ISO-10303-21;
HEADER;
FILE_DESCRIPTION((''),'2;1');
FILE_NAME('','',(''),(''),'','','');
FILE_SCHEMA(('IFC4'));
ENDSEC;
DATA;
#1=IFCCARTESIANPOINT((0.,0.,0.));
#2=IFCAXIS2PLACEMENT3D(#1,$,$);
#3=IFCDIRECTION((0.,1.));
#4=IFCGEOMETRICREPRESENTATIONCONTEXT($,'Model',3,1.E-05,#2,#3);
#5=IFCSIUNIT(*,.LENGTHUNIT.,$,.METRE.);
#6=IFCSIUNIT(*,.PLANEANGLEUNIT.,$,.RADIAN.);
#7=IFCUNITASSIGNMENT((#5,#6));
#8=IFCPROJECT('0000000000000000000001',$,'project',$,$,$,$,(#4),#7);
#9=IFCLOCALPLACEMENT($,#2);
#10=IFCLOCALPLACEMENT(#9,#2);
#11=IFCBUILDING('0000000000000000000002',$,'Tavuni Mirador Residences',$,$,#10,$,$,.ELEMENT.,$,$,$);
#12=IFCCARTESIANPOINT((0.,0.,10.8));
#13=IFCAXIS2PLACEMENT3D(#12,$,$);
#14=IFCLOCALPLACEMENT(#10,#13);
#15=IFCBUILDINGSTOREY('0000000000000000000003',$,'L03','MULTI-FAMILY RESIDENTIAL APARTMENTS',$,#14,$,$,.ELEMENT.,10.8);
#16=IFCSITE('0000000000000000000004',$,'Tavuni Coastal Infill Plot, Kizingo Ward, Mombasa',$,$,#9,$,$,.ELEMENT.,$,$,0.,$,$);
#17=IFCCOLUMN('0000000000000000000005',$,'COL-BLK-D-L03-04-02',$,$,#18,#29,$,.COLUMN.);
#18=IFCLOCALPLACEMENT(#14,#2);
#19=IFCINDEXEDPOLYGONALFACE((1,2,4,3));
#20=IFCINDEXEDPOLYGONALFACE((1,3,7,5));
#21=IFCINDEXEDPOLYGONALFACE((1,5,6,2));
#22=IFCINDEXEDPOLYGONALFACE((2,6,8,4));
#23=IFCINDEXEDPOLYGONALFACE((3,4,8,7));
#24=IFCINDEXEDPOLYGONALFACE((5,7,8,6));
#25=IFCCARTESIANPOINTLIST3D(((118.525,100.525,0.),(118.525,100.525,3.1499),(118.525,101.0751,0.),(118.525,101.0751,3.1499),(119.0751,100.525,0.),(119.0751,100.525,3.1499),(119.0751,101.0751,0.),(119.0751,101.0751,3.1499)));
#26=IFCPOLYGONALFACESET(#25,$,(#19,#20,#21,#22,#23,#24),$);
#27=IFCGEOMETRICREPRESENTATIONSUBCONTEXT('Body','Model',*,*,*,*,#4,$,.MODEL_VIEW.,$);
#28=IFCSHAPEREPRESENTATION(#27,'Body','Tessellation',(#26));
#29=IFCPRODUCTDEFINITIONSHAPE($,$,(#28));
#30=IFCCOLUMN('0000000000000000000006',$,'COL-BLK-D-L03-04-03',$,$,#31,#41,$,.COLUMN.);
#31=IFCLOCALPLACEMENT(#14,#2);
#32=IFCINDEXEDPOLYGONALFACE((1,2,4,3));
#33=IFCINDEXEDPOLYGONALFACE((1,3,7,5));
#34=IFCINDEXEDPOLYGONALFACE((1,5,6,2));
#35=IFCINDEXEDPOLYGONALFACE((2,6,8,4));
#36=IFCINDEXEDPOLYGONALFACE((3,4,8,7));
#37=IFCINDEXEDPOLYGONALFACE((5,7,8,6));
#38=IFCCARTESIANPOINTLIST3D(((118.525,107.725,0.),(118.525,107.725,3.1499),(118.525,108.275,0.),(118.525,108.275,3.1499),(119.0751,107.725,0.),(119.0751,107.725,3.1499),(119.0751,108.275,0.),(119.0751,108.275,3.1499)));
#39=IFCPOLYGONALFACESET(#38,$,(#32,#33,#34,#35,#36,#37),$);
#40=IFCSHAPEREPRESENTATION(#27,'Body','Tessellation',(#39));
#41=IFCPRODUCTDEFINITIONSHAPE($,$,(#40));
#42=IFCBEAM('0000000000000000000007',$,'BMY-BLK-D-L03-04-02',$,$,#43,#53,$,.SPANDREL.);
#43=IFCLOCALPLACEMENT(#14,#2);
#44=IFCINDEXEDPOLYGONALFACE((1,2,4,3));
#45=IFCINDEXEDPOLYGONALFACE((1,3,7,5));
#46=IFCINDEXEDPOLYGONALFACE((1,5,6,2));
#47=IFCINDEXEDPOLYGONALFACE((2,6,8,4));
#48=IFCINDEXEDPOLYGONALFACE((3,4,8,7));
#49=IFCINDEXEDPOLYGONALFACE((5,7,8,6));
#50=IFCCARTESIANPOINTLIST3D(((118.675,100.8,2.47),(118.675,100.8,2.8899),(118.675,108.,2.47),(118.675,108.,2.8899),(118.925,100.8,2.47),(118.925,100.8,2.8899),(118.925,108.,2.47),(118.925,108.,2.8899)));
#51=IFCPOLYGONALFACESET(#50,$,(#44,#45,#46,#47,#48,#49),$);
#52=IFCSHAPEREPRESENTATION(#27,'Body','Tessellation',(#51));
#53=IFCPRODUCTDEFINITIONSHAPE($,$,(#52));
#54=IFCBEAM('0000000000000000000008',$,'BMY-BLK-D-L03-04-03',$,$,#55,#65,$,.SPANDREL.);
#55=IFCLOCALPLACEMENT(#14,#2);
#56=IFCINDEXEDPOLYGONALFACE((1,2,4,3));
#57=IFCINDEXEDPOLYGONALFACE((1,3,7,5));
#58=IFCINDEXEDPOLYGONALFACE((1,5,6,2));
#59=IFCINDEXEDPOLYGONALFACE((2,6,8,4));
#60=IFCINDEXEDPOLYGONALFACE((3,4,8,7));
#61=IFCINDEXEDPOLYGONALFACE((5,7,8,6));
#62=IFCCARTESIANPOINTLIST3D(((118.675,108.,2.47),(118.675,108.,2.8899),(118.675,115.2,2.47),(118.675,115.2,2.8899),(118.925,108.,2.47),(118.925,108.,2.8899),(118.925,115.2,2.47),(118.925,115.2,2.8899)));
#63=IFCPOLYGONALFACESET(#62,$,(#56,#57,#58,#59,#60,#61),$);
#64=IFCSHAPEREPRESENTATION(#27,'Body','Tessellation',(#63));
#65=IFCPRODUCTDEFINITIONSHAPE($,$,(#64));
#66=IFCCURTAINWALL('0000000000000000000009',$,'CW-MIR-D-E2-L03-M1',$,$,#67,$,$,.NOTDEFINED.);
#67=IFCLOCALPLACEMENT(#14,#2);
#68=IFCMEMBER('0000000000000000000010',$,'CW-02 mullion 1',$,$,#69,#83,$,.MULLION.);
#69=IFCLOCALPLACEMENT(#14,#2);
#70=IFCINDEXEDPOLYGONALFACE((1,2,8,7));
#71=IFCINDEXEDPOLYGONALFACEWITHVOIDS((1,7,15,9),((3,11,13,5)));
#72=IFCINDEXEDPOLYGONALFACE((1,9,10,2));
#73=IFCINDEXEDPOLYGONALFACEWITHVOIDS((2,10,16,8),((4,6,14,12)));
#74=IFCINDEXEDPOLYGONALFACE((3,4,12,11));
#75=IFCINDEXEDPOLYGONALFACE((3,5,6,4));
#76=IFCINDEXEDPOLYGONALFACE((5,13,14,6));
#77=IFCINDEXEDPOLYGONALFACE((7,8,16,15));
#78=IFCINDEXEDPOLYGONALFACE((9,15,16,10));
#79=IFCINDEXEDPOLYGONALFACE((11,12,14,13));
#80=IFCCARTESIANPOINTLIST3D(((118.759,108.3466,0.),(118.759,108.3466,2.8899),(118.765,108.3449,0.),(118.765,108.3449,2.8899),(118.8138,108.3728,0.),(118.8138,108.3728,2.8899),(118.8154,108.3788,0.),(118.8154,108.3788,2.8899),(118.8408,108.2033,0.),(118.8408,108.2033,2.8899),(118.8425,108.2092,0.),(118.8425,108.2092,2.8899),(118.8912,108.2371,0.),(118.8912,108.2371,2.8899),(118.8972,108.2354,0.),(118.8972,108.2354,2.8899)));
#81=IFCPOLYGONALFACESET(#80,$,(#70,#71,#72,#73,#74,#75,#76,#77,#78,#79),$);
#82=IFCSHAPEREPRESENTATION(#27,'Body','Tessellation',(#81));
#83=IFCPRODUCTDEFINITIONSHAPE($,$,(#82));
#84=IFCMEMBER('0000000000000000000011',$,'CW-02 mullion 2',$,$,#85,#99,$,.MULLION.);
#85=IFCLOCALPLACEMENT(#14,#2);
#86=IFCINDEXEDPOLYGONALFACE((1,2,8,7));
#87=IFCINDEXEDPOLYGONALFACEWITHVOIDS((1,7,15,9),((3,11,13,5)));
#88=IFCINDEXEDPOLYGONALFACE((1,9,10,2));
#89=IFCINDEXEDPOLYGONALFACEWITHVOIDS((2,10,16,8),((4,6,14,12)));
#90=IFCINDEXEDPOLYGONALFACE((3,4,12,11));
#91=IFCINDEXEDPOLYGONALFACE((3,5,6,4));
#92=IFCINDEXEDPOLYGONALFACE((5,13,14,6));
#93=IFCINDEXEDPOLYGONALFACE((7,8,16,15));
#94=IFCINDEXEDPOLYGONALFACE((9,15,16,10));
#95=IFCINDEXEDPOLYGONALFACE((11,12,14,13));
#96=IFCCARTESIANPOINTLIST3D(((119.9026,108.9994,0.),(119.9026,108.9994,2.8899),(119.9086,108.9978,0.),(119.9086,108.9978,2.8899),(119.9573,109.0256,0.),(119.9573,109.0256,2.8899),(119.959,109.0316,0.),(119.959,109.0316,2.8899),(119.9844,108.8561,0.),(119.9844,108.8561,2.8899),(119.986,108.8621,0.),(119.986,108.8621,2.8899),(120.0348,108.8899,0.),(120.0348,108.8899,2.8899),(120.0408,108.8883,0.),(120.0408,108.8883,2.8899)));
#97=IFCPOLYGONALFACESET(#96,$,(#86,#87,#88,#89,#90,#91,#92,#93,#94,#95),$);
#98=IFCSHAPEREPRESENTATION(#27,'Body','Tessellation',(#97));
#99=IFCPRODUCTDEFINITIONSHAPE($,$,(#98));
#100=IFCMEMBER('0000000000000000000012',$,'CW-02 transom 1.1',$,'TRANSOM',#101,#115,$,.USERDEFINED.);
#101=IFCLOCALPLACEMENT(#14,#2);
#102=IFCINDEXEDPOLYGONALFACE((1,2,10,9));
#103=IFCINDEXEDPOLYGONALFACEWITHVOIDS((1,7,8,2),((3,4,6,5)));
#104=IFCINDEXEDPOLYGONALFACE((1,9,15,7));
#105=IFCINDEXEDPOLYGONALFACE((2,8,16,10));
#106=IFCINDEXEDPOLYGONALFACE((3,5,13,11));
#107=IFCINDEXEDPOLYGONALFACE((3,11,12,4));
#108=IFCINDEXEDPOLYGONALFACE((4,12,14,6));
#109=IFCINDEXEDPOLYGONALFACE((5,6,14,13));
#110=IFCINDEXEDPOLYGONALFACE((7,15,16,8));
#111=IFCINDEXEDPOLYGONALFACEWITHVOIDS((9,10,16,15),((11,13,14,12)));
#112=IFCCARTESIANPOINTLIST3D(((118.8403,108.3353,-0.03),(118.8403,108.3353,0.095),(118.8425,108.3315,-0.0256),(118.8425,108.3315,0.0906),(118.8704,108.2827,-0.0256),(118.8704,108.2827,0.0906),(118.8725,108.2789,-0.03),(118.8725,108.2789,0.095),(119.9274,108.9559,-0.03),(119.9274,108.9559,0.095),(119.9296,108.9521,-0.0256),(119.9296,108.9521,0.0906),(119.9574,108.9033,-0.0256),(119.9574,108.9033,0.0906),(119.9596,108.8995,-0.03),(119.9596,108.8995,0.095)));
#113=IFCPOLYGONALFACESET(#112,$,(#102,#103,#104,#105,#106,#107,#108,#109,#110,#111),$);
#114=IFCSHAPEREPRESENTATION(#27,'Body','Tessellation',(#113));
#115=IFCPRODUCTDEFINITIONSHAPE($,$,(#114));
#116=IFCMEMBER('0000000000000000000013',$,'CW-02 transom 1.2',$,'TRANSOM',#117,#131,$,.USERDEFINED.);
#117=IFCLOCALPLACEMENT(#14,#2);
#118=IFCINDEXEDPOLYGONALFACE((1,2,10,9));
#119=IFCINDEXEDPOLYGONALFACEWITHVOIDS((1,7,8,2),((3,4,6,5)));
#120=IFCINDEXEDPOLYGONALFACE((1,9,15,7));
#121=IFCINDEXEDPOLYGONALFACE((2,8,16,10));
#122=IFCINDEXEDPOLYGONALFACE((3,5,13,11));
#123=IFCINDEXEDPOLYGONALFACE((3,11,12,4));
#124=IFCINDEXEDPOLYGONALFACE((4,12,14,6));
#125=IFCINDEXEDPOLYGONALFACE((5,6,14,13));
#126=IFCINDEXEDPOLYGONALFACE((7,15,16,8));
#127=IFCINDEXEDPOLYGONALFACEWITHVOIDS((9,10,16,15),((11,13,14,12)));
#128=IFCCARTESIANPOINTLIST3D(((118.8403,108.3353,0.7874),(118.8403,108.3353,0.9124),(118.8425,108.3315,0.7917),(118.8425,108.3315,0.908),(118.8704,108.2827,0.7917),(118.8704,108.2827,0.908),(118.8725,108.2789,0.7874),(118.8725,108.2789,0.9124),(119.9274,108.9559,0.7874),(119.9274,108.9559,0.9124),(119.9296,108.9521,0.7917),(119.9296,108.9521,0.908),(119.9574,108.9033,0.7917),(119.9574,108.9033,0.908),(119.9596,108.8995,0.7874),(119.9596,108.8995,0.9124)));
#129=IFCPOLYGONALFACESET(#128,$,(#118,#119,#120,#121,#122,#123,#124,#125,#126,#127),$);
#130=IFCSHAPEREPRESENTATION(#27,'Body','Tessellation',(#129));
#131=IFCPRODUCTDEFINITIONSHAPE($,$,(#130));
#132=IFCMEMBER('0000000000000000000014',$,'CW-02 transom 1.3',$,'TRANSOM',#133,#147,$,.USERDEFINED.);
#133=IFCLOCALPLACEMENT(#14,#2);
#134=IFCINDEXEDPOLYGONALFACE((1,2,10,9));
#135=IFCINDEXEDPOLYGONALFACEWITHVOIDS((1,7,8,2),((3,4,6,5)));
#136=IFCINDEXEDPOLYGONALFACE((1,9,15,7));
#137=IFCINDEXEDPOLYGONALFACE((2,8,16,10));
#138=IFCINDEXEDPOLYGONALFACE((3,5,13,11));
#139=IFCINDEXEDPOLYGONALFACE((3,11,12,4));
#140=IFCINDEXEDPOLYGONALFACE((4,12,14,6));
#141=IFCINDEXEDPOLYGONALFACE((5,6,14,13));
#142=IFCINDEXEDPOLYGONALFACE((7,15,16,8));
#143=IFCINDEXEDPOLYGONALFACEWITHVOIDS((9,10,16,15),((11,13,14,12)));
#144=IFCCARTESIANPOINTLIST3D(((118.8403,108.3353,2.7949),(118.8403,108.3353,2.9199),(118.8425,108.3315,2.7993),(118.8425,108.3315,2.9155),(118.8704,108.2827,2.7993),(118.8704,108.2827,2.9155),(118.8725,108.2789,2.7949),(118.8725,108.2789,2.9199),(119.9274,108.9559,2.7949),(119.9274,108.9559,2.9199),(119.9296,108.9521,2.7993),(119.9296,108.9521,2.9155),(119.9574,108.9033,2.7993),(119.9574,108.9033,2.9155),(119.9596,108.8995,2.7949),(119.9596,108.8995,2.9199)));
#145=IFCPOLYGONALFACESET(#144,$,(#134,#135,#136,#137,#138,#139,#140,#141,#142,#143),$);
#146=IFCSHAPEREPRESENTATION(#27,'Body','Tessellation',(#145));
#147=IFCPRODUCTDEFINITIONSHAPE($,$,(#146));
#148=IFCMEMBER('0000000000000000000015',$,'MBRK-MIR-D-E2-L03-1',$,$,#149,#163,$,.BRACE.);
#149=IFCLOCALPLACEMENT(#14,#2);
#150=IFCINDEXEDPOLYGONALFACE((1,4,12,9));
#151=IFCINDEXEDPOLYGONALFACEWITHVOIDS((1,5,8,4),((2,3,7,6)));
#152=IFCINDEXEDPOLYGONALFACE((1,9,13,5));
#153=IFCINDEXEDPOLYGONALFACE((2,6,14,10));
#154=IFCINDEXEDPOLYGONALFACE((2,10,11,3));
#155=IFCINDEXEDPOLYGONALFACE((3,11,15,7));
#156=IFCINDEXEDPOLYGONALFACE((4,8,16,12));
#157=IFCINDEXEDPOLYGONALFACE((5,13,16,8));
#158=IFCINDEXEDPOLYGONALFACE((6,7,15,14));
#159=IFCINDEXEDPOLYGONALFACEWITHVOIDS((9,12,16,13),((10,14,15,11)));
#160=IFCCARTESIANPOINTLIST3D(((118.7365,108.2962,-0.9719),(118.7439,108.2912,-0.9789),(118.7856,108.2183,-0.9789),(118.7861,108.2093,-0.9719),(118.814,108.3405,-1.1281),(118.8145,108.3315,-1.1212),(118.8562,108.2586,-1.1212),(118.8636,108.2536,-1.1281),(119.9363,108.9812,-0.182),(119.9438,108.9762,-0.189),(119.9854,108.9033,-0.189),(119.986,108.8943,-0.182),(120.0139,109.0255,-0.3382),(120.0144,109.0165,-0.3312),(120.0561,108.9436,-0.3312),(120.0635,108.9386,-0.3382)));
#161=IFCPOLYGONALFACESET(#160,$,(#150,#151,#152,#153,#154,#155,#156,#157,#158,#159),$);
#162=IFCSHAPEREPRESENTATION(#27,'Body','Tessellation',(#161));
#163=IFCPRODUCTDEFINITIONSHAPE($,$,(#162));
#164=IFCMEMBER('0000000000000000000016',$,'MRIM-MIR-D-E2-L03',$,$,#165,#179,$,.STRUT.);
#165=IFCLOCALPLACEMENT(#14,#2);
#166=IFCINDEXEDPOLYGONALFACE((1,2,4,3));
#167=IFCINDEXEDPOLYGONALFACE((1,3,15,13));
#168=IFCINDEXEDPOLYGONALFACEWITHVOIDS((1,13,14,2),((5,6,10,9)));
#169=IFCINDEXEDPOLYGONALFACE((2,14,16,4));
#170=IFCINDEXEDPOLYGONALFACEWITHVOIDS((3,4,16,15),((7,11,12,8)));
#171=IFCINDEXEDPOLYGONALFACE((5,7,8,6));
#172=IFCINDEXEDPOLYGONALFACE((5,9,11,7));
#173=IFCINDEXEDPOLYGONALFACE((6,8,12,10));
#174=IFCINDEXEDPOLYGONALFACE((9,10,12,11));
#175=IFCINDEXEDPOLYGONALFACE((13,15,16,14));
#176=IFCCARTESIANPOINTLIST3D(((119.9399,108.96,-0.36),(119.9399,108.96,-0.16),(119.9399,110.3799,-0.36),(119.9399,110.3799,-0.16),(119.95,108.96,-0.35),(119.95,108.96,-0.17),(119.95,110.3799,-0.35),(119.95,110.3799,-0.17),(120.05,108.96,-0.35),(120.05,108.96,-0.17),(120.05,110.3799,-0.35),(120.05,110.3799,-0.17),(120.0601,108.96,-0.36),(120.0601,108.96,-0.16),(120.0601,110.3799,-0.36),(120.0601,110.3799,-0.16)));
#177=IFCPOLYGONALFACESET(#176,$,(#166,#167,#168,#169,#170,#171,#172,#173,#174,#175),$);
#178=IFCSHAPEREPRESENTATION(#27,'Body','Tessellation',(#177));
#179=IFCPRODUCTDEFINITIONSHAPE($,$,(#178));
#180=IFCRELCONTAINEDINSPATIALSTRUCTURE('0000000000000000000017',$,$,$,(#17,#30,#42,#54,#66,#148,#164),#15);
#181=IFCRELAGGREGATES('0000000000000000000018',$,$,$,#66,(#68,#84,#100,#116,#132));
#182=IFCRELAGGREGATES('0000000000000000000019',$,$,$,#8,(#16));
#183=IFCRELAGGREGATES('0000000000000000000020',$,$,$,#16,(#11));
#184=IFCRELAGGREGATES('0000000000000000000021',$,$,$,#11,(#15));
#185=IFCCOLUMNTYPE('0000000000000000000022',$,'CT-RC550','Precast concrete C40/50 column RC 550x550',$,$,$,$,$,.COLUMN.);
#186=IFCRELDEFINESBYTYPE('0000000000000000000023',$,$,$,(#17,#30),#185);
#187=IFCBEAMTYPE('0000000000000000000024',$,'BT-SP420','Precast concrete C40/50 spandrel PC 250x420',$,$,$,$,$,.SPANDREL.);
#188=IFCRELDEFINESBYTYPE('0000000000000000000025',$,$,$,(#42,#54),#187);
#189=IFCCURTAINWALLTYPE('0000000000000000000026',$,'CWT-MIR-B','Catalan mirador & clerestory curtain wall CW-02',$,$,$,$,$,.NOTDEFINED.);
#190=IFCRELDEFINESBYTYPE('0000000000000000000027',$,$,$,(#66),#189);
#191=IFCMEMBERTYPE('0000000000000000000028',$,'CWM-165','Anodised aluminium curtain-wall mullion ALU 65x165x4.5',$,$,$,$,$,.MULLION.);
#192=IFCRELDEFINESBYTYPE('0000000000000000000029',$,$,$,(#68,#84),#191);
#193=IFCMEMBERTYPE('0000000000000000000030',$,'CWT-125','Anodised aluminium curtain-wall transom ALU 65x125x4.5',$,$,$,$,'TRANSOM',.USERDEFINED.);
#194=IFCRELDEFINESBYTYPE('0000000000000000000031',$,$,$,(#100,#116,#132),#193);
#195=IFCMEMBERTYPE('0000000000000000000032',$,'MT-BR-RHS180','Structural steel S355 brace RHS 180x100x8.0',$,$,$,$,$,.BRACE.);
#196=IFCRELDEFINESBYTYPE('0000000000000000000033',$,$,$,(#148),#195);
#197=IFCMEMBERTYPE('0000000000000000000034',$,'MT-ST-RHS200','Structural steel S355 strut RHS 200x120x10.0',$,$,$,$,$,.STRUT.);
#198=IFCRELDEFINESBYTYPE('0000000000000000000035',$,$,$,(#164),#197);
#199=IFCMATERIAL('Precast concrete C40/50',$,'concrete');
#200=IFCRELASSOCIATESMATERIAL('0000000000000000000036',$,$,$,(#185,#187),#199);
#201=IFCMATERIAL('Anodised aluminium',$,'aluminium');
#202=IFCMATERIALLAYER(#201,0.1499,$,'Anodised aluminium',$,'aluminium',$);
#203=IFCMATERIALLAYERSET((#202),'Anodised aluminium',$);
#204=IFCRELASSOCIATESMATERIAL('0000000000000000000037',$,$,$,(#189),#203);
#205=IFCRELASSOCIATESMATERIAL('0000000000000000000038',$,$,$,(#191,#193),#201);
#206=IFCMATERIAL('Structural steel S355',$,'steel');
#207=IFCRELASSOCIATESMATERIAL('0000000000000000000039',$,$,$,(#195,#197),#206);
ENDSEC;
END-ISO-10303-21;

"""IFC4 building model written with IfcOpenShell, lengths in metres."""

from ifc_helpers import new_model, si_unit, direction, frame, origin, origin_2d, place, context, subcontext, project, spatial, rectangle, hollow_rectangle, extrude, material, layer, layer_set, material_profile, profile_set, type_object, element, aggregate, save


model = new_model("IFC4")

# Units and contexts
model_context = context("Model", 3, precision=1e-05, world=origin(), true_north=direction((0.0, 1.0)))
body_context = subcontext(model_context, "Body", "Model", "MODEL_VIEW")
ifc_project = project(units=[si_unit("LENGTHUNIT", "METRE"), si_unit("PLANEANGLEUNIT", "RADIAN")], contexts=[model_context])

# Site, building, storey
site_placement = place(None, origin())
site = spatial("IfcSite", under=ifc_project, at=site_placement, Name="Tavuni Coastal Infill Plot, Kizingo Ward, Mombasa", CompositionType="ELEMENT", RefElevation=0.0)
building_placement = place(site_placement, origin())
building = spatial("IfcBuilding", under=site, at=building_placement, Name="Tavuni Mirador Residences", CompositionType="ELEMENT")
storey_placement = place(building_placement, frame((0.0, 0.0, 10.8)))
storey = spatial("IfcBuildingStorey", under=building, at=storey_placement, Name="L03", Description="MULTI-FAMILY RESIDENTIAL APARTMENTS", CompositionType="ELEMENT", Elevation=10.8)

# Columns
ifc_material_1 = material(Name="Precast concrete C40/50", Category="concrete")
ifc_material_profile_1 = material_profile(ifc_material_1, rectangle(XDim=0.55, YDim=0.55, at=origin_2d()), Name="RC 550x550", Category="concrete")
ifc_profile_set_1 = profile_set([ifc_material_profile_1], Name="Precast concrete C40/50")
column_type = type_object("IfcColumnType", Name="CT-RC550", Description="Precast concrete C40/50 column RC 550x550", PredefinedType="COLUMN", material=ifc_profile_set_1)
for number, where, z_axis, x_axis, name in (
    (1, (118.8, 100.8, 0.0), (0.0, 0.0, 1.0), (1.0, 0.0, 0.0), "COL-BLK-D-L03-04-02"),
    (2, (118.8, 108.0, 0.0), (0.0, 0.0, 1.0), (1.0, 0.0, 0.0), "COL-BLK-D-L03-04-03"),
):
    element("IfcColumn", number, at=place(storey_placement, frame(where, z_axis=z_axis, x_axis=x_axis)), inside=storey, type_object=column_type, Name=name, PredefinedType="COLUMN", context=body_context, shape_type="SweptSolid", body=[
        extrude(rectangle(XDim=0.55, YDim=0.55, at=origin_2d()), origin(), (0.0, 0.0, 1.0), 3.1499),
    ])

# Beams
ifc_material_profile_2 = material_profile(ifc_material_1, rectangle(XDim=0.25, YDim=0.4199, at=origin_2d()), Name="PC 250x420", Category="concrete")
ifc_profile_set_2 = profile_set([ifc_material_profile_2], Name="Precast concrete C40/50")
beam_type = type_object("IfcBeamType", Name="BT-SP420", Description="Precast concrete C40/50 spandrel PC 250x420", PredefinedType="SPANDREL", material=ifc_profile_set_2)
for number, where, z_axis, x_axis, name in (
    (3, (118.8, 100.8, 2.6799), (0.0, 1.0, 0.0), (-1.0, 0.0, 0.0), "BMY-BLK-D-L03-04-02"),
    (4, (118.8, 108.0, 2.6799), (0.0, 1.0, 0.0), (-1.0, 0.0, 0.0), "BMY-BLK-D-L03-04-03"),
):
    element("IfcBeam", number, at=place(storey_placement, frame(where, z_axis=z_axis, x_axis=x_axis)), inside=storey, type_object=beam_type, Name=name, PredefinedType="SPANDREL", context=body_context, shape_type="SweptSolid", body=[
        extrude(rectangle(XDim=0.25, YDim=0.4199, at=origin_2d()), origin(), (0.0, 0.0, 1.0), 7.2),
    ])

# Curtain wall, members
ifc_material_2 = material(Name="Anodised aluminium", Category="aluminium")
ifc_layer_1 = layer(ifc_material_2, 0.1499, Name="Anodised aluminium", Category="aluminium")
ifc_layer_set_1 = layer_set([ifc_layer_1], Name="Anodised aluminium")
curtain_wall_type = type_object("IfcCurtainWallType", Name="CWT-MIR-B", Description="Catalan mirador & clerestory curtain wall CW-02", PredefinedType="NOTDEFINED", material=ifc_layer_set_1)
curtain_wall_placement = place(storey_placement, origin())
curtain_wall = element("IfcCurtainWall", 5, at=curtain_wall_placement, inside=storey, type_object=curtain_wall_type, Name="CW-MIR-D-E2-L03-M1", PredefinedType="NOTDEFINED")
ifc_material_profile_3 = material_profile(ifc_material_2, hollow_rectangle(XDim=0.0649, YDim=0.165, WallThickness=0.0044, at=origin_2d()), Name="ALU 65x165x4.5", Category="aluminium")
ifc_profile_set_3 = profile_set([ifc_material_profile_3], Name="Anodised aluminium")
member_type_1 = type_object("IfcMemberType", Name="CWM-165", Description="Anodised aluminium curtain-wall mullion ALU 65x165x4.5", PredefinedType="MULLION", material=ifc_profile_set_3)
member_1_placement = place(storey_placement, frame((118.8281, 108.291, 0.0), z_axis=(0.0, 0.0, 1.0), x_axis=(0.868466, 0.495749, 0.0)))
member_1 = element("IfcMember", 6, at=member_1_placement, type_object=member_type_1, Name="CW-02 mullion 1", PredefinedType="MULLION", context=body_context, shape_type="SweptSolid", body=[
    extrude(hollow_rectangle(XDim=0.0649, YDim=0.165, WallThickness=0.0044, at=origin_2d()), origin(), (0.0, 0.0, 1.0), 2.8899),
])
member_2_placement = place(storey_placement, frame((119.9717, 108.9438, 0.0), z_axis=(0.0, 0.0, 1.0), x_axis=(0.868466, 0.495749, 0.0)))
member_2 = element("IfcMember", 7, at=member_2_placement, type_object=member_type_1, Name="CW-02 mullion 2", PredefinedType="MULLION", context=body_context, shape_type="SweptSolid", body=[
    extrude(hollow_rectangle(XDim=0.0649, YDim=0.165, WallThickness=0.0044, at=origin_2d()), origin(), (0.0, 0.0, 1.0), 2.8899),
])
ifc_material_profile_4 = material_profile(ifc_material_2, hollow_rectangle(XDim=0.0649, YDim=0.125, WallThickness=0.0044, at=origin_2d()), Name="ALU 65x125x4.5", Category="aluminium")
ifc_profile_set_4 = profile_set([ifc_material_profile_4], Name="Anodised aluminium")
member_type_2 = type_object("IfcMemberType", Name="CWT-125", Description="Anodised aluminium curtain-wall transom ALU 65x125x4.5", ElementType="TRANSOM", PredefinedType="USERDEFINED", material=ifc_profile_set_4)
member_3_placement = place(storey_placement, frame((118.8564, 108.3071, 0.0325), z_axis=(0.868459, 0.495761, 0.0), x_axis=(-0.495761, 0.868459, 0.0)))
member_3 = element("IfcMember", 8, at=member_3_placement, type_object=member_type_2, Name="CW-02 transom 1.1", ObjectType="TRANSOM", PredefinedType="USERDEFINED", context=body_context, shape_type="SweptSolid", body=[
    extrude(hollow_rectangle(XDim=0.0649, YDim=0.125, WallThickness=0.0044, at=origin_2d()), origin(), (0.0, 0.0, 1.0), 1.2517),
])
member_4_placement = place(storey_placement, frame((118.8564, 108.3071, 0.8499), z_axis=(0.868459, 0.495761, 0.0), x_axis=(-0.495761, 0.868459, 0.0)))
member_4 = element("IfcMember", 9, at=member_4_placement, type_object=member_type_2, Name="CW-02 transom 1.2", ObjectType="TRANSOM", PredefinedType="USERDEFINED", context=body_context, shape_type="SweptSolid", body=[
    extrude(hollow_rectangle(XDim=0.0649, YDim=0.125, WallThickness=0.0044, at=origin_2d()), origin(), (0.0, 0.0, 1.0), 1.2517),
])
member_5_placement = place(storey_placement, frame((118.8564, 108.3071, 2.8574), z_axis=(0.868459, 0.495761, 0.0), x_axis=(-0.495761, 0.868459, 0.0)))
member_5 = element("IfcMember", 10, at=member_5_placement, type_object=member_type_2, Name="CW-02 transom 1.3", ObjectType="TRANSOM", PredefinedType="USERDEFINED", context=body_context, shape_type="SweptSolid", body=[
    extrude(hollow_rectangle(XDim=0.0649, YDim=0.125, WallThickness=0.0044, at=origin_2d()), origin(), (0.0, 0.0, 1.0), 1.2517),
])

# Members
ifc_material_3 = material(Name="Structural steel S355", Category="steel")
ifc_material_profile_5 = material_profile(ifc_material_3, hollow_rectangle(XDim=0.1001, YDim=0.1799, WallThickness=0.0081, at=origin_2d()), Name="RHS 180x100x8.0", Category="steel")
ifc_profile_set_5 = profile_set([ifc_material_profile_5], Name="Structural steel S355")
member_type_3 = type_object("IfcMemberType", Name="MT-BR-RHS180", Description="Structural steel S355 brace RHS 180x100x8.0", PredefinedType="BRACE", material=ifc_profile_set_5)
member_6_placement = place(storey_placement, frame((118.8, 108.2749, -1.05), z_axis=(0.753904, 0.430408, 0.496365), x_axis=(-0.495796, 0.868439, 0.0)))
element("IfcMember", 11, at=member_6_placement, inside=storey, type_object=member_type_3, Name="MBRK-MIR-D-E2-L03-1", PredefinedType="BRACE", context=body_context, shape_type="SweptSolid", body=[
    extrude(hollow_rectangle(XDim=0.1001, YDim=0.1799, WallThickness=0.0081, at=origin_2d()), origin(), (0.0, 0.0, 1.0), 1.5916),
])
ifc_material_profile_6 = material_profile(ifc_material_3, hollow_rectangle(XDim=0.1201, YDim=0.2, WallThickness=0.01, at=origin_2d()), Name="RHS 200x120x10.0", Category="steel")
ifc_profile_set_6 = profile_set([ifc_material_profile_6], Name="Structural steel S355")
member_type_4 = type_object("IfcMemberType", Name="MT-ST-RHS200", Description="Structural steel S355 strut RHS 200x120x10.0", PredefinedType="STRUT", material=ifc_profile_set_6)
member_7_placement = place(storey_placement, frame((120.0, 108.96, -0.26), z_axis=(0.0, 1.0, 0.0), x_axis=(-1.0, 0.0, 0.0)))
element("IfcMember", 12, at=member_7_placement, inside=storey, type_object=member_type_4, Name="MRIM-MIR-D-E2-L03", PredefinedType="STRUT", context=body_context, shape_type="SweptSolid", body=[
    extrude(hollow_rectangle(XDim=0.1201, YDim=0.2, WallThickness=0.01, at=origin_2d()), origin(), (0.0, 0.0, 1.0), 1.4199),
])

aggregate(curtain_wall, [member_1, member_2, member_3, member_4, member_5])

save(model, "model.ifc")
